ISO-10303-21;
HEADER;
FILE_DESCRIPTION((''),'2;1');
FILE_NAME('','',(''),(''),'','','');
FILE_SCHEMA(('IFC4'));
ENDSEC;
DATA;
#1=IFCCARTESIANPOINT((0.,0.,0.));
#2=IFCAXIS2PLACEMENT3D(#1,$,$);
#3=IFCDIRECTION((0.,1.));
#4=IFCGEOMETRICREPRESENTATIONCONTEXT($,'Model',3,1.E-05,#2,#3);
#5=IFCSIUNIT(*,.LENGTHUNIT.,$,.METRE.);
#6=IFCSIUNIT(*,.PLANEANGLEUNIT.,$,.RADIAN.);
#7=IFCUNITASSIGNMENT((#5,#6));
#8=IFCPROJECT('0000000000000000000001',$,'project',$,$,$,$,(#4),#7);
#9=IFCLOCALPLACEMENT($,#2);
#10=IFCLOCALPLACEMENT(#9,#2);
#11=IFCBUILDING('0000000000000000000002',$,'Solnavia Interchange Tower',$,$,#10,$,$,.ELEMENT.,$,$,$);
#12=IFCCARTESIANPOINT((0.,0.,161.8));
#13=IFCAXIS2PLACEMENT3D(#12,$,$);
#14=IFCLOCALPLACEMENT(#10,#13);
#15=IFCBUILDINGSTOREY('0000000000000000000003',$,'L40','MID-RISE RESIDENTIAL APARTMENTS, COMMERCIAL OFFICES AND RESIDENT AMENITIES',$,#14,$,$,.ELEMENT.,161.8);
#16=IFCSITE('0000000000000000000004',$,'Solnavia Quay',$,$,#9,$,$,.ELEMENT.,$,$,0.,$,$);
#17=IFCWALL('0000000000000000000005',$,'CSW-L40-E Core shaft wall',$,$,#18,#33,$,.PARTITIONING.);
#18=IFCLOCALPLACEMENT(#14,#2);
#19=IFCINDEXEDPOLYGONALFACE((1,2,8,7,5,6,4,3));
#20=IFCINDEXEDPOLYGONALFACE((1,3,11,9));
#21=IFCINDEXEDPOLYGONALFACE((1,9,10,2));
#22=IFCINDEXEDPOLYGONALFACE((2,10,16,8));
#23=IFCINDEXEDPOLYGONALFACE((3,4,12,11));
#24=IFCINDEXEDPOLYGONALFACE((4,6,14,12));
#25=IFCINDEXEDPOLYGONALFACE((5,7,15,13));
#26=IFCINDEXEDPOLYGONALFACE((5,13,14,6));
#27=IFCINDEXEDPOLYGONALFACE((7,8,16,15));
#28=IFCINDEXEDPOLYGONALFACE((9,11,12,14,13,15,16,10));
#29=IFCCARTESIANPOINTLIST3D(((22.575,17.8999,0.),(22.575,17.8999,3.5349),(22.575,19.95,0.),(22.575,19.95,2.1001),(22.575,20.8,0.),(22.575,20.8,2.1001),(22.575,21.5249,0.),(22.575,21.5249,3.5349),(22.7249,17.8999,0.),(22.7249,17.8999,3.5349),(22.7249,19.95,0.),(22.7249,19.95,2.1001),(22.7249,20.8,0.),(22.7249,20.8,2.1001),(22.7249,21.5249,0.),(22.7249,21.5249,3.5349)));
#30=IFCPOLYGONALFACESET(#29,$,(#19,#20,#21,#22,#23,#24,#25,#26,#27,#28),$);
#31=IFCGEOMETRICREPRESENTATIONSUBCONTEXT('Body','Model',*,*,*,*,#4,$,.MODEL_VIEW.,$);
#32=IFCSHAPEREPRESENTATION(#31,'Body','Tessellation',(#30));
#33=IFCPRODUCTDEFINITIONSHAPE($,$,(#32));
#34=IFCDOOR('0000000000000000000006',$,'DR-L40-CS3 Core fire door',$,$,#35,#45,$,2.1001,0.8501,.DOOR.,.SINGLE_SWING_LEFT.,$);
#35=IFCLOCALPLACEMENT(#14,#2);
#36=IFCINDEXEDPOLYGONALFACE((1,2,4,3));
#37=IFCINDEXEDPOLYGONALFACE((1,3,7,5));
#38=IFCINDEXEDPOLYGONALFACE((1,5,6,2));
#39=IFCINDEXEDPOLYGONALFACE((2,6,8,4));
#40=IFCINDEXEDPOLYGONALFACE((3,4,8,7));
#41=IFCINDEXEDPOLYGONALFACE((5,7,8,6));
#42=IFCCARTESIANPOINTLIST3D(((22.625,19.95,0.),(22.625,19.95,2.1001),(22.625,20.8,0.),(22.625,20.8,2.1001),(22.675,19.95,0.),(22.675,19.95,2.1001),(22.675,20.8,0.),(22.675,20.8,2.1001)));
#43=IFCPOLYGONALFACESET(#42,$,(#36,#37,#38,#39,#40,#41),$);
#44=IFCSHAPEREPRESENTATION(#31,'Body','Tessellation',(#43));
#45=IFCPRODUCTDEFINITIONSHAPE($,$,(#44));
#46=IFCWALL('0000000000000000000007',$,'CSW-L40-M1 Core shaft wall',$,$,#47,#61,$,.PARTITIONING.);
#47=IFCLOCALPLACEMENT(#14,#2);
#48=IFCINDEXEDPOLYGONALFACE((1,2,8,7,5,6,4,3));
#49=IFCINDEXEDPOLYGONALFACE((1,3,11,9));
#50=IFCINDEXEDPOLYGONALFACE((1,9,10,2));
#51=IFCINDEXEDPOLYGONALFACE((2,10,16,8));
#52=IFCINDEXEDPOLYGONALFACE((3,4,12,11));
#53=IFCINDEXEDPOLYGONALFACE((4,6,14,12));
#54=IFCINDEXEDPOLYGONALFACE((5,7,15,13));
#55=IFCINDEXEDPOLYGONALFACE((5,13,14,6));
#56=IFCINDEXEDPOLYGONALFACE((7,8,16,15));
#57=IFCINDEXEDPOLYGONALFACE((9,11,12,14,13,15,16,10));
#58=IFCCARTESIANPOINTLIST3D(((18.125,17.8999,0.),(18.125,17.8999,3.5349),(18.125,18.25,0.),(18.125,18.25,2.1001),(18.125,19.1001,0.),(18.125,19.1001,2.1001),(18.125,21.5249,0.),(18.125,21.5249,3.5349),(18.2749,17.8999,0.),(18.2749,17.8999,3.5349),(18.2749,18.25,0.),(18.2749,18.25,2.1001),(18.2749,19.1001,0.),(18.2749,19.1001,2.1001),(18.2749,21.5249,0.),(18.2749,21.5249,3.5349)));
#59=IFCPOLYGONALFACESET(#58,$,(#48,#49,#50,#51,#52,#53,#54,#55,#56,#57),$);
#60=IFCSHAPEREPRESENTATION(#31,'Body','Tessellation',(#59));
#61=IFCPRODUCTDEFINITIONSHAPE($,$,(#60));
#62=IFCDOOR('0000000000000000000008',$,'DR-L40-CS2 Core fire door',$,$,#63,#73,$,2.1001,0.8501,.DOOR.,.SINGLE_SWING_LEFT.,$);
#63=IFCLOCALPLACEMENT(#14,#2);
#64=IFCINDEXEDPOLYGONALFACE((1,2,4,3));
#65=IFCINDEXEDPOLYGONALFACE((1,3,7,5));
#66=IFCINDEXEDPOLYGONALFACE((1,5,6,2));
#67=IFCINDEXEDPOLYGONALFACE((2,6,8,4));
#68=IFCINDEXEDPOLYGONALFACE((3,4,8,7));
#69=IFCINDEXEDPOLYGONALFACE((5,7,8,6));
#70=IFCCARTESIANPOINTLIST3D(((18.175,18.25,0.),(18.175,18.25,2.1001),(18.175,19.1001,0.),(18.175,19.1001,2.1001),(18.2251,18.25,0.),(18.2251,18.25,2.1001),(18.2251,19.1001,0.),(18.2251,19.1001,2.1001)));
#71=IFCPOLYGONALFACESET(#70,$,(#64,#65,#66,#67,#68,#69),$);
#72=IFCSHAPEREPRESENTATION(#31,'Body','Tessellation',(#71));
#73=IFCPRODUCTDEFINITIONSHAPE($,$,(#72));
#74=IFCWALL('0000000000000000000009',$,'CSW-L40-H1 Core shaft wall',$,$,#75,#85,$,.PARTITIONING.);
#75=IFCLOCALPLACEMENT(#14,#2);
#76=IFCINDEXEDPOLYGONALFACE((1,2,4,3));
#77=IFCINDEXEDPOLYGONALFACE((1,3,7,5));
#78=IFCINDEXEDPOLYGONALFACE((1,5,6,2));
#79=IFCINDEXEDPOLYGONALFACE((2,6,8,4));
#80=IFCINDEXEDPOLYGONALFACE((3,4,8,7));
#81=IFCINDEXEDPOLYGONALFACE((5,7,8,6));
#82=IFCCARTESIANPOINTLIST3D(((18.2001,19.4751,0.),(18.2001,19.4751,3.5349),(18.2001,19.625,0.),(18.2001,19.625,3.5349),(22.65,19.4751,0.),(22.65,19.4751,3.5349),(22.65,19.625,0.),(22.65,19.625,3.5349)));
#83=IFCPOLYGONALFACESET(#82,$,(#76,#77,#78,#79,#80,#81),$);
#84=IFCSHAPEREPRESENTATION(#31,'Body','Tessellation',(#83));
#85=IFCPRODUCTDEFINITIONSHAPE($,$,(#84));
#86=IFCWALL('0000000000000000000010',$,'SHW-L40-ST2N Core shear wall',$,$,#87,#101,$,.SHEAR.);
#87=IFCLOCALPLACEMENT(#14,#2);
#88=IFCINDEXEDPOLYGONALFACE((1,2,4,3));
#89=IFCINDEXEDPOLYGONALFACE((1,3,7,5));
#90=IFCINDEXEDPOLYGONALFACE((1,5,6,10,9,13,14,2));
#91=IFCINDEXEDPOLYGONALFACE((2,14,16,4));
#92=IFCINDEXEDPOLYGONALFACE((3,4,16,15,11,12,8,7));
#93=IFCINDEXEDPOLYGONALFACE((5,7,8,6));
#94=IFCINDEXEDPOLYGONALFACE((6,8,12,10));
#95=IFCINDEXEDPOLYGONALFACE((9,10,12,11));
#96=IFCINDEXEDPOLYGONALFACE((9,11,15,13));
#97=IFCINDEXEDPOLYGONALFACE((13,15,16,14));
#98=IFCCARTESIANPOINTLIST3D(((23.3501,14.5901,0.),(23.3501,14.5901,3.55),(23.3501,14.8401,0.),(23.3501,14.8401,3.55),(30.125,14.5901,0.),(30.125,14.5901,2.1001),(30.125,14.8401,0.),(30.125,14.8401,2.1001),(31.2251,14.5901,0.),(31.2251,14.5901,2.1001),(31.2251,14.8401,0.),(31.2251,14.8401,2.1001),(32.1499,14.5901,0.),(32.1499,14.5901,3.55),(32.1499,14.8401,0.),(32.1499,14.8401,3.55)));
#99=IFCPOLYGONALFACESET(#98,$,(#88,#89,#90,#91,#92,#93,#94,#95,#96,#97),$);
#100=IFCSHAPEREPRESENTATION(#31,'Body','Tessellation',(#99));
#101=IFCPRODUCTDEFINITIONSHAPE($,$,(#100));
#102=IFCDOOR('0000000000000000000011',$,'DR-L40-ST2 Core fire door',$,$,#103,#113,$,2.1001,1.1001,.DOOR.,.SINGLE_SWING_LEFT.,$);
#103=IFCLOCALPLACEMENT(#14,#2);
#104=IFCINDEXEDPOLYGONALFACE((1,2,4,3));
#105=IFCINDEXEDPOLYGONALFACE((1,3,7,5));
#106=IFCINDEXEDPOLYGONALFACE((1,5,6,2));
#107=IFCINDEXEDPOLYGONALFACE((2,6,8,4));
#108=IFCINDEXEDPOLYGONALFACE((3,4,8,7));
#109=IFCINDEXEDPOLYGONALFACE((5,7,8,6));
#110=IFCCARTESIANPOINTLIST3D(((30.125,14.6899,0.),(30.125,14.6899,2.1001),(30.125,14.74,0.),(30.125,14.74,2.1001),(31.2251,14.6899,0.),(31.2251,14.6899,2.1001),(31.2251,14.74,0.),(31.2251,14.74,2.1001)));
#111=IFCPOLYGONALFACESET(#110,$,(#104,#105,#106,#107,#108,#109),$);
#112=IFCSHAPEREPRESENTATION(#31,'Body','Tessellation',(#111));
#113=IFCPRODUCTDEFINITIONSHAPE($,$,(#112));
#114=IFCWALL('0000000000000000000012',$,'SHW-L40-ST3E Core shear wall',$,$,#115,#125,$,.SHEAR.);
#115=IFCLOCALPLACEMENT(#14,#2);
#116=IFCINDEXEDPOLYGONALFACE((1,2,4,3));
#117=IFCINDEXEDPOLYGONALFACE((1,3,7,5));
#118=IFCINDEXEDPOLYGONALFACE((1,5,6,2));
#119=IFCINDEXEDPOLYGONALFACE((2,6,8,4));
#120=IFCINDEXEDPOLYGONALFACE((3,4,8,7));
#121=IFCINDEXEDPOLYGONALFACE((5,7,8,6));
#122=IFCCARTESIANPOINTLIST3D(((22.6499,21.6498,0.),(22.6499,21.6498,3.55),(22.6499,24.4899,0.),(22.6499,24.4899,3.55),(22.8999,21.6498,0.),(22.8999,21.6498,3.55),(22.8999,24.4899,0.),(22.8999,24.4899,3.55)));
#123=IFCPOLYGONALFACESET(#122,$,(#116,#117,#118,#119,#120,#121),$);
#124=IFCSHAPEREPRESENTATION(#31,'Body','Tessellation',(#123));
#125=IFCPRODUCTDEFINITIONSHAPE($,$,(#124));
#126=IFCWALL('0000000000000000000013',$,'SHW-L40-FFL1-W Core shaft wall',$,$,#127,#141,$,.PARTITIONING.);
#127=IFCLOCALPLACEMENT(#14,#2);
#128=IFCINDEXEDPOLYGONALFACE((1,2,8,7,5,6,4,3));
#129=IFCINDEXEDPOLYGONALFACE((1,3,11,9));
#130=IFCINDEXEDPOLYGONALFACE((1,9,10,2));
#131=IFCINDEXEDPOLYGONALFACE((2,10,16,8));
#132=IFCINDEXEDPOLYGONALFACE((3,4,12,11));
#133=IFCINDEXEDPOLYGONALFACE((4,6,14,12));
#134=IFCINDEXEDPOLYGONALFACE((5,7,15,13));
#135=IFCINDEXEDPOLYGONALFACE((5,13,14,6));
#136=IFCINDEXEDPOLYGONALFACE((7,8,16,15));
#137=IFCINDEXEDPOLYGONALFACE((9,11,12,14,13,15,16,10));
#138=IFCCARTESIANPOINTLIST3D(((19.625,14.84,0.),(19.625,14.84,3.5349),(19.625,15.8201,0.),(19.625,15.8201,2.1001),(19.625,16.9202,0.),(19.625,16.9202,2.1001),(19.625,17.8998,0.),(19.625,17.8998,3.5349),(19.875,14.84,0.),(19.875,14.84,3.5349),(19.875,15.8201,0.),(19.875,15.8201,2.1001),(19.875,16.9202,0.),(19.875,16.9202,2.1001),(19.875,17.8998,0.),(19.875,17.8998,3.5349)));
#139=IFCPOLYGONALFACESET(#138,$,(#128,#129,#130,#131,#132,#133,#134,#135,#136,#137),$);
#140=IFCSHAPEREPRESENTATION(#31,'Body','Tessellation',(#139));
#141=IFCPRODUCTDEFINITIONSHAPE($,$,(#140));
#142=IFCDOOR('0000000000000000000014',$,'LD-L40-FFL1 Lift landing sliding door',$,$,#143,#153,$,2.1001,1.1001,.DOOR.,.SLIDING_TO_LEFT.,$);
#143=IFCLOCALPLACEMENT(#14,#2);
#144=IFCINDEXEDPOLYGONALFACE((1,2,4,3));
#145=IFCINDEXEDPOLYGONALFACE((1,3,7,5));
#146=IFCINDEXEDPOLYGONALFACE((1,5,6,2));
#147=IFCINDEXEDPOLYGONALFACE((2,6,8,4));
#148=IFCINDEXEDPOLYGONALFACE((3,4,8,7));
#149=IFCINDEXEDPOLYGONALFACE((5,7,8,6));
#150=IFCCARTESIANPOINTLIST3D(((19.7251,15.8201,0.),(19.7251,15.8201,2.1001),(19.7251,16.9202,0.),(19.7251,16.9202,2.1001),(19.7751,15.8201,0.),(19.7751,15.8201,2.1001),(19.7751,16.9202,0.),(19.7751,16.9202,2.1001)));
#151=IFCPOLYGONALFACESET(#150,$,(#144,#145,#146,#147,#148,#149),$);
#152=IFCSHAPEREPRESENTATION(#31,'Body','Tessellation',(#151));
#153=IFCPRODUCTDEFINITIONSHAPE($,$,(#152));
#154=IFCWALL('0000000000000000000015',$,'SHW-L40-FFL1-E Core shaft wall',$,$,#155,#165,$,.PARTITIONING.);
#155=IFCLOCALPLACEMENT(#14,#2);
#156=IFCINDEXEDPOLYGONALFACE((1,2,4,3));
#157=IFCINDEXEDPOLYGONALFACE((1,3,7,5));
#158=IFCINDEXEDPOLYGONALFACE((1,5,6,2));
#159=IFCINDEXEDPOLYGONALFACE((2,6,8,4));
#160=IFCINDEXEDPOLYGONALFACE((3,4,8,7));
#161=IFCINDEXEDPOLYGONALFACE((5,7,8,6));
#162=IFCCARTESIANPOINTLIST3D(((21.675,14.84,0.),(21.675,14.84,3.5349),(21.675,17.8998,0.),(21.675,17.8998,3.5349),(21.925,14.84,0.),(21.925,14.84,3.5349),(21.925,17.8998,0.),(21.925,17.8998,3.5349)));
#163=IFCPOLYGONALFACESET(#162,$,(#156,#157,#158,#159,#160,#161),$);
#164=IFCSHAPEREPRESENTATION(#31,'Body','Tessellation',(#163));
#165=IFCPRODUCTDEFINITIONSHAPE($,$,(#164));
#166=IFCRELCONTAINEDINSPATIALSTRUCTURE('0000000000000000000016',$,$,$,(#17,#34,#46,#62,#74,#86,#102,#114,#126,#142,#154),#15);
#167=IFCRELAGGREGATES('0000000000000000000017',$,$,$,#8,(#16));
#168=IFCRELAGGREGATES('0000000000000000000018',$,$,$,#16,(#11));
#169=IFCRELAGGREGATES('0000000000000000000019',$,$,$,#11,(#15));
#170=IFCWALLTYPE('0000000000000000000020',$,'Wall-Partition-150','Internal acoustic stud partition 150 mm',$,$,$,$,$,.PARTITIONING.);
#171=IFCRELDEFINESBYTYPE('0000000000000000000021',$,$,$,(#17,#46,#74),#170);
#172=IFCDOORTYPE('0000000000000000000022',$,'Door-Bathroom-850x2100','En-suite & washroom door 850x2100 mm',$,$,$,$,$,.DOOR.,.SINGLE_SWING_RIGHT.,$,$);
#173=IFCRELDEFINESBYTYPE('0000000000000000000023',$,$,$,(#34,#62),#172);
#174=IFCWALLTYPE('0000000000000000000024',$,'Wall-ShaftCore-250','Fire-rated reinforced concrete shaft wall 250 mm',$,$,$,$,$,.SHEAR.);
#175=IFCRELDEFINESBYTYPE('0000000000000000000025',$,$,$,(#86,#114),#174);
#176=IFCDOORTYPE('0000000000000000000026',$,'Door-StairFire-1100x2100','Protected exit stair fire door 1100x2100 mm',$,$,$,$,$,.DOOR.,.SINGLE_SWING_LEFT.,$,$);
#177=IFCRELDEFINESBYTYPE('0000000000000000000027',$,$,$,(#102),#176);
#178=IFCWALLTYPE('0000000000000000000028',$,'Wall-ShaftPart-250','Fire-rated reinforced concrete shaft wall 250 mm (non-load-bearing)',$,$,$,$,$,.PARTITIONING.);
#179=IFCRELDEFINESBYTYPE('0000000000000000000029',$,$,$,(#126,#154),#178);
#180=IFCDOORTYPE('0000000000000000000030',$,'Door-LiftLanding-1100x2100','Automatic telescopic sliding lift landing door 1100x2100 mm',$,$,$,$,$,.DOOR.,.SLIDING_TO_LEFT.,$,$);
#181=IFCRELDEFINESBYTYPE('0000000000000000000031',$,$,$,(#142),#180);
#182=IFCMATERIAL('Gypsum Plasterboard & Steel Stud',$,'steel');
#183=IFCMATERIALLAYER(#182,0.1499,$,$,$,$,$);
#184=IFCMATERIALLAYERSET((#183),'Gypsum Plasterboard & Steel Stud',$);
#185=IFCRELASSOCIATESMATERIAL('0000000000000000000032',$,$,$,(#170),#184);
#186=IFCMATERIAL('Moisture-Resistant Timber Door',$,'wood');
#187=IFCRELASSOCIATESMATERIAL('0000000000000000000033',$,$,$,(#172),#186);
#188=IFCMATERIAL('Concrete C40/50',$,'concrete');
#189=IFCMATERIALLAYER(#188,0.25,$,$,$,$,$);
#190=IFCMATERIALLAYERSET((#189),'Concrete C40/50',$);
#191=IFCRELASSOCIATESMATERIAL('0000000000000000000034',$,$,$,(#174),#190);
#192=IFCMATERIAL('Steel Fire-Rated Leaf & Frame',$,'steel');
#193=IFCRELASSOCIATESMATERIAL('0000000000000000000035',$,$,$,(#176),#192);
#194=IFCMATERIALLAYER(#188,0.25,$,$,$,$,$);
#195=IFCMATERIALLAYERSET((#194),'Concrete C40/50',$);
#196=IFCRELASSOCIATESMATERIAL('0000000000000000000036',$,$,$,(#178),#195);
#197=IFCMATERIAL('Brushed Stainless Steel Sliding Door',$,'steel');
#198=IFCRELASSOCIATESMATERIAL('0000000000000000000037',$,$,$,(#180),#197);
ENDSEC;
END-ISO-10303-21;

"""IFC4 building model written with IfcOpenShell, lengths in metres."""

from ifc_helpers import new_model, si_unit, direction, frame, frame_2d, origin, place, context, subcontext, project, spatial, rectangle, extrude, material, layer, layer_set, type_object, element, fill, save


model = new_model("IFC4")

# Units and contexts
model_context = context("Model", 3, precision=1e-05, world=origin(), true_north=direction((0.0, 1.0)))
body_context = subcontext(model_context, "Body", "Model", "MODEL_VIEW")
ifc_project = project(units=[si_unit("LENGTHUNIT", "METRE"), si_unit("PLANEANGLEUNIT", "RADIAN")], contexts=[model_context])

# Site, building, storey
site_placement = place(None, origin())
site = spatial("IfcSite", under=ifc_project, at=site_placement, Name="Solnavia Quay", CompositionType="ELEMENT", RefElevation=0.0)
building_placement = place(site_placement, origin())
building = spatial("IfcBuilding", under=site, at=building_placement, Name="Solnavia Interchange Tower", CompositionType="ELEMENT")
storey_placement = place(building_placement, frame((0.0, 0.0, 161.8)))
storey = spatial("IfcBuildingStorey", under=building, at=storey_placement, Name="L40", Description="MID-RISE RESIDENTIAL APARTMENTS, COMMERCIAL OFFICES AND RESIDENT AMENITIES", CompositionType="ELEMENT", Elevation=161.8)

# Walls, openings, doors
ifc_material_1 = material(Name="Gypsum Plasterboard & Steel Stud", Category="steel")
ifc_layer_1 = layer(ifc_material_1, 0.1499)
ifc_layer_set_1 = layer_set([ifc_layer_1], Name="Gypsum Plasterboard & Steel Stud")
wall_type_1 = type_object("IfcWallType", Name="Wall-Partition-150", Description="Internal acoustic stud partition 150 mm", PredefinedType="PARTITIONING", material=ifc_layer_set_1)
wall_1_placement = place(storey_placement, frame((22.6499, 17.8999, 0.0), z_axis=(0.0, 0.0, 1.0), x_axis=(0.0, 1.0, 0.0)))
wall_1 = element("IfcWall", 1, at=wall_1_placement, inside=storey, type_object=wall_type_1, Name="CSW-L40-E Core shaft wall", PredefinedType="PARTITIONING", context=body_context, shape_type="SweptSolid", body=[
    extrude(rectangle(XDim=3.625, YDim=0.1499, at=frame_2d((1.8125, 0.0))), origin(), (0.0, 0.0, 1.0), 3.5349),
])
opening_1_placement = place(wall_1_placement, frame((2.05, 0.0, 0.0)))
opening_1 = element("IfcOpeningElement", 2, at=opening_1_placement, cuts=wall_1, PredefinedType="OPENING", context=body_context, shape_type="SweptSolid", body=[
    extrude(rectangle(XDim=0.8501, YDim=2.1001, at=frame_2d((0.425, 1.05))), frame((0.0, 0.085, 0.0), z_axis=(0.0, -1.0, 0.0), x_axis=(1.0, 0.0, 0.0)), (0.0, 0.0, 1.0), 0.1699),
])
ifc_material_2 = material(Name="Moisture-Resistant Timber Door", Category="wood")
door_type_1 = type_object("IfcDoorType", Name="Door-Bathroom-850x2100", Description="En-suite & washroom door 850x2100 mm", OperationType="SINGLE_SWING_RIGHT", PredefinedType="DOOR", material=ifc_material_2)
door_1_placement = place(opening_1_placement, origin())
door_1 = element("IfcDoor", 3, at=door_1_placement, inside=storey, type_object=door_type_1, Name="DR-L40-CS3 Core fire door", OperationType="SINGLE_SWING_LEFT", OverallHeight=2.1001, OverallWidth=0.8501, PredefinedType="DOOR", context=body_context, shape_type="SweptSolid", body=[
    extrude(rectangle(XDim=0.8501, YDim=2.1001, at=frame_2d((0.425, 1.05))), frame((0.0, 0.0249, 0.0), z_axis=(0.0, -1.0, 0.0), x_axis=(1.0, 0.0, 0.0)), (0.0, 0.0, 1.0), 0.05),
])
fill(opening_1, door_1)
wall_2_placement = place(storey_placement, frame((18.2, 17.8999, 0.0), z_axis=(0.0, 0.0, 1.0), x_axis=(0.0, 1.0, 0.0)))
wall_2 = element("IfcWall", 4, at=wall_2_placement, inside=storey, type_object=wall_type_1, Name="CSW-L40-M1 Core shaft wall", PredefinedType="PARTITIONING", context=body_context, shape_type="SweptSolid", body=[
    extrude(rectangle(XDim=3.625, YDim=0.1499, at=frame_2d((1.8125, 0.0))), origin(), (0.0, 0.0, 1.0), 3.5349),
])
opening_2_placement = place(wall_2_placement, frame((0.3501, 0.0, 0.0)))
opening_2 = element("IfcOpeningElement", 5, at=opening_2_placement, cuts=wall_2, PredefinedType="OPENING", context=body_context, shape_type="SweptSolid", body=[
    extrude(rectangle(XDim=0.8501, YDim=2.1001, at=frame_2d((0.425, 1.05))), frame((0.0, 0.085, 0.0), z_axis=(0.0, -1.0, 0.0), x_axis=(1.0, 0.0, 0.0)), (0.0, 0.0, 1.0), 0.1699),
])
door_2_placement = place(opening_2_placement, origin())
door_2 = element("IfcDoor", 6, at=door_2_placement, inside=storey, type_object=door_type_1, Name="DR-L40-CS2 Core fire door", OperationType="SINGLE_SWING_LEFT", OverallHeight=2.1001, OverallWidth=0.8501, PredefinedType="DOOR", context=body_context, shape_type="SweptSolid", body=[
    extrude(rectangle(XDim=0.8501, YDim=2.1001, at=frame_2d((0.425, 1.05))), frame((0.0, 0.0249, 0.0), z_axis=(0.0, -1.0, 0.0), x_axis=(1.0, 0.0, 0.0)), (0.0, 0.0, 1.0), 0.05),
])
fill(opening_2, door_2)

# Wall
wall_3_placement = place(storey_placement, frame((18.2, 19.55, 0.0), z_axis=(0.0, 0.0, 1.0), x_axis=(1.0, 0.0, 0.0)))
element("IfcWall", 7, at=wall_3_placement, inside=storey, type_object=wall_type_1, Name="CSW-L40-H1 Core shaft wall", PredefinedType="PARTITIONING", context=body_context, shape_type="SweptSolid", body=[
    extrude(rectangle(XDim=4.45, YDim=0.1499, at=frame_2d((2.2251, 0.0))), origin(), (0.0, 0.0, 1.0), 3.5349),
])

# Wall, opening, door
ifc_material_3 = material(Name="Concrete C40/50", Category="concrete")
ifc_layer_2 = layer(ifc_material_3, 0.25)
ifc_layer_set_2 = layer_set([ifc_layer_2], Name="Concrete C40/50")
wall_type_2 = type_object("IfcWallType", Name="Wall-ShaftCore-250", Description="Fire-rated reinforced concrete shaft wall 250 mm", PredefinedType="SHEAR", material=ifc_layer_set_2)
wall_4_placement = place(storey_placement, frame((23.3501, 14.7151, 0.0), z_axis=(0.0, 0.0, 1.0), x_axis=(1.0, 0.0, 0.0)))
wall_4 = element("IfcWall", 8, at=wall_4_placement, inside=storey, type_object=wall_type_2, Name="SHW-L40-ST2N Core shear wall", PredefinedType="SHEAR", context=body_context, shape_type="SweptSolid", body=[
    extrude(rectangle(XDim=8.7998, YDim=0.25, at=frame_2d((4.3999, 0.0))), origin(), (0.0, 0.0, 1.0), 3.55),
])
opening_3_placement = place(wall_4_placement, frame((6.7749, 0.0, 0.0)))
opening_3 = element("IfcOpeningElement", 9, at=opening_3_placement, cuts=wall_4, PredefinedType="OPENING", context=body_context, shape_type="SweptSolid", body=[
    extrude(rectangle(XDim=1.1001, YDim=2.1001, at=frame_2d((0.55, 1.05))), frame((0.0, 0.135, 0.0), z_axis=(0.0, -1.0, 0.0), x_axis=(1.0, 0.0, 0.0)), (0.0, 0.0, 1.0), 0.27),
])
ifc_material_4 = material(Name="Steel Fire-Rated Leaf & Frame", Category="steel")
door_type_2 = type_object("IfcDoorType", Name="Door-StairFire-1100x2100", Description="Protected exit stair fire door 1100x2100 mm", OperationType="SINGLE_SWING_LEFT", PredefinedType="DOOR", material=ifc_material_4)
door_3_placement = place(opening_3_placement, origin())
door_3 = element("IfcDoor", 10, at=door_3_placement, inside=storey, type_object=door_type_2, Name="DR-L40-ST2 Core fire door", OperationType="SINGLE_SWING_LEFT", OverallHeight=2.1001, OverallWidth=1.1001, PredefinedType="DOOR", context=body_context, shape_type="SweptSolid", body=[
    extrude(rectangle(XDim=1.1001, YDim=2.1001, at=frame_2d((0.55, 1.05))), frame((0.0, 0.0249, 0.0), z_axis=(0.0, -1.0, 0.0), x_axis=(1.0, 0.0, 0.0)), (0.0, 0.0, 1.0), 0.05),
])
fill(opening_3, door_3)

# Wall
wall_5_placement = place(storey_placement, frame((22.7749, 21.6499, 0.0), z_axis=(0.0, 0.0, 1.0), x_axis=(0.0, 1.0, 0.0)))
element("IfcWall", 11, at=wall_5_placement, inside=storey, type_object=wall_type_2, Name="SHW-L40-ST3E Core shear wall", PredefinedType="SHEAR", context=body_context, shape_type="SweptSolid", body=[
    extrude(rectangle(XDim=2.8401, YDim=0.25, at=frame_2d((1.4199, 0.0))), origin(), (0.0, 0.0, 1.0), 3.55),
])

# Wall, opening, door
ifc_layer_3 = layer(ifc_material_3, 0.25)
ifc_layer_set_3 = layer_set([ifc_layer_3], Name="Concrete C40/50")
wall_type_3 = type_object("IfcWallType", Name="Wall-ShaftPart-250", Description="Fire-rated reinforced concrete shaft wall 250 mm (non-load-bearing)", PredefinedType="PARTITIONING", material=ifc_layer_set_3)
wall_6_placement = place(storey_placement, frame((19.75, 14.8401, 0.0), z_axis=(0.0, 0.0, 1.0), x_axis=(0.0, 1.0, 0.0)))
wall_6 = element("IfcWall", 12, at=wall_6_placement, inside=storey, type_object=wall_type_3, Name="SHW-L40-FFL1-W Core shaft wall", PredefinedType="PARTITIONING", context=body_context, shape_type="SweptSolid", body=[
    extrude(rectangle(XDim=3.0598, YDim=0.25, at=frame_2d((1.5298, 0.0))), origin(), (0.0, 0.0, 1.0), 3.5349),
])
opening_4_placement = place(wall_6_placement, frame((0.98, 0.0, 0.0)))
opening_4 = element("IfcOpeningElement", 13, at=opening_4_placement, cuts=wall_6, PredefinedType="OPENING", context=body_context, shape_type="SweptSolid", body=[
    extrude(rectangle(XDim=1.1001, YDim=2.1001, at=frame_2d((0.55, 1.05))), frame((0.0, 0.135, 0.0), z_axis=(0.0, -1.0, 0.0), x_axis=(1.0, 0.0, 0.0)), (0.0, 0.0, 1.0), 0.27),
])
ifc_material_5 = material(Name="Brushed Stainless Steel Sliding Door", Category="steel")
door_type_3 = type_object("IfcDoorType", Name="Door-LiftLanding-1100x2100", Description="Automatic telescopic sliding lift landing door 1100x2100 mm", OperationType="SLIDING_TO_LEFT", PredefinedType="DOOR", material=ifc_material_5)
door_4_placement = place(opening_4_placement, origin())
door_4 = element("IfcDoor", 14, at=door_4_placement, inside=storey, type_object=door_type_3, Name="LD-L40-FFL1 Lift landing sliding door", OperationType="SLIDING_TO_LEFT", OverallHeight=2.1001, OverallWidth=1.1001, PredefinedType="DOOR", context=body_context, shape_type="SweptSolid", body=[
    extrude(rectangle(XDim=1.1001, YDim=2.1001, at=frame_2d((0.55, 1.05))), frame((0.0, 0.0249, 0.0), z_axis=(0.0, -1.0, 0.0), x_axis=(1.0, 0.0, 0.0)), (0.0, 0.0, 1.0), 0.05),
])
fill(opening_4, door_4)

# Wall
wall_7_placement = place(storey_placement, frame((21.8, 14.8401, 0.0), z_axis=(0.0, 0.0, 1.0), x_axis=(0.0, 1.0, 0.0)))
element("IfcWall", 15, at=wall_7_placement, inside=storey, type_object=wall_type_3, Name="SHW-L40-FFL1-E Core shaft wall", PredefinedType="PARTITIONING", context=body_context, shape_type="SweptSolid", body=[
    extrude(rectangle(XDim=3.0598, YDim=0.25, at=frame_2d((1.5298, 0.0))), origin(), (0.0, 0.0, 1.0), 3.5349),
])

save(model, "model.ifc")
